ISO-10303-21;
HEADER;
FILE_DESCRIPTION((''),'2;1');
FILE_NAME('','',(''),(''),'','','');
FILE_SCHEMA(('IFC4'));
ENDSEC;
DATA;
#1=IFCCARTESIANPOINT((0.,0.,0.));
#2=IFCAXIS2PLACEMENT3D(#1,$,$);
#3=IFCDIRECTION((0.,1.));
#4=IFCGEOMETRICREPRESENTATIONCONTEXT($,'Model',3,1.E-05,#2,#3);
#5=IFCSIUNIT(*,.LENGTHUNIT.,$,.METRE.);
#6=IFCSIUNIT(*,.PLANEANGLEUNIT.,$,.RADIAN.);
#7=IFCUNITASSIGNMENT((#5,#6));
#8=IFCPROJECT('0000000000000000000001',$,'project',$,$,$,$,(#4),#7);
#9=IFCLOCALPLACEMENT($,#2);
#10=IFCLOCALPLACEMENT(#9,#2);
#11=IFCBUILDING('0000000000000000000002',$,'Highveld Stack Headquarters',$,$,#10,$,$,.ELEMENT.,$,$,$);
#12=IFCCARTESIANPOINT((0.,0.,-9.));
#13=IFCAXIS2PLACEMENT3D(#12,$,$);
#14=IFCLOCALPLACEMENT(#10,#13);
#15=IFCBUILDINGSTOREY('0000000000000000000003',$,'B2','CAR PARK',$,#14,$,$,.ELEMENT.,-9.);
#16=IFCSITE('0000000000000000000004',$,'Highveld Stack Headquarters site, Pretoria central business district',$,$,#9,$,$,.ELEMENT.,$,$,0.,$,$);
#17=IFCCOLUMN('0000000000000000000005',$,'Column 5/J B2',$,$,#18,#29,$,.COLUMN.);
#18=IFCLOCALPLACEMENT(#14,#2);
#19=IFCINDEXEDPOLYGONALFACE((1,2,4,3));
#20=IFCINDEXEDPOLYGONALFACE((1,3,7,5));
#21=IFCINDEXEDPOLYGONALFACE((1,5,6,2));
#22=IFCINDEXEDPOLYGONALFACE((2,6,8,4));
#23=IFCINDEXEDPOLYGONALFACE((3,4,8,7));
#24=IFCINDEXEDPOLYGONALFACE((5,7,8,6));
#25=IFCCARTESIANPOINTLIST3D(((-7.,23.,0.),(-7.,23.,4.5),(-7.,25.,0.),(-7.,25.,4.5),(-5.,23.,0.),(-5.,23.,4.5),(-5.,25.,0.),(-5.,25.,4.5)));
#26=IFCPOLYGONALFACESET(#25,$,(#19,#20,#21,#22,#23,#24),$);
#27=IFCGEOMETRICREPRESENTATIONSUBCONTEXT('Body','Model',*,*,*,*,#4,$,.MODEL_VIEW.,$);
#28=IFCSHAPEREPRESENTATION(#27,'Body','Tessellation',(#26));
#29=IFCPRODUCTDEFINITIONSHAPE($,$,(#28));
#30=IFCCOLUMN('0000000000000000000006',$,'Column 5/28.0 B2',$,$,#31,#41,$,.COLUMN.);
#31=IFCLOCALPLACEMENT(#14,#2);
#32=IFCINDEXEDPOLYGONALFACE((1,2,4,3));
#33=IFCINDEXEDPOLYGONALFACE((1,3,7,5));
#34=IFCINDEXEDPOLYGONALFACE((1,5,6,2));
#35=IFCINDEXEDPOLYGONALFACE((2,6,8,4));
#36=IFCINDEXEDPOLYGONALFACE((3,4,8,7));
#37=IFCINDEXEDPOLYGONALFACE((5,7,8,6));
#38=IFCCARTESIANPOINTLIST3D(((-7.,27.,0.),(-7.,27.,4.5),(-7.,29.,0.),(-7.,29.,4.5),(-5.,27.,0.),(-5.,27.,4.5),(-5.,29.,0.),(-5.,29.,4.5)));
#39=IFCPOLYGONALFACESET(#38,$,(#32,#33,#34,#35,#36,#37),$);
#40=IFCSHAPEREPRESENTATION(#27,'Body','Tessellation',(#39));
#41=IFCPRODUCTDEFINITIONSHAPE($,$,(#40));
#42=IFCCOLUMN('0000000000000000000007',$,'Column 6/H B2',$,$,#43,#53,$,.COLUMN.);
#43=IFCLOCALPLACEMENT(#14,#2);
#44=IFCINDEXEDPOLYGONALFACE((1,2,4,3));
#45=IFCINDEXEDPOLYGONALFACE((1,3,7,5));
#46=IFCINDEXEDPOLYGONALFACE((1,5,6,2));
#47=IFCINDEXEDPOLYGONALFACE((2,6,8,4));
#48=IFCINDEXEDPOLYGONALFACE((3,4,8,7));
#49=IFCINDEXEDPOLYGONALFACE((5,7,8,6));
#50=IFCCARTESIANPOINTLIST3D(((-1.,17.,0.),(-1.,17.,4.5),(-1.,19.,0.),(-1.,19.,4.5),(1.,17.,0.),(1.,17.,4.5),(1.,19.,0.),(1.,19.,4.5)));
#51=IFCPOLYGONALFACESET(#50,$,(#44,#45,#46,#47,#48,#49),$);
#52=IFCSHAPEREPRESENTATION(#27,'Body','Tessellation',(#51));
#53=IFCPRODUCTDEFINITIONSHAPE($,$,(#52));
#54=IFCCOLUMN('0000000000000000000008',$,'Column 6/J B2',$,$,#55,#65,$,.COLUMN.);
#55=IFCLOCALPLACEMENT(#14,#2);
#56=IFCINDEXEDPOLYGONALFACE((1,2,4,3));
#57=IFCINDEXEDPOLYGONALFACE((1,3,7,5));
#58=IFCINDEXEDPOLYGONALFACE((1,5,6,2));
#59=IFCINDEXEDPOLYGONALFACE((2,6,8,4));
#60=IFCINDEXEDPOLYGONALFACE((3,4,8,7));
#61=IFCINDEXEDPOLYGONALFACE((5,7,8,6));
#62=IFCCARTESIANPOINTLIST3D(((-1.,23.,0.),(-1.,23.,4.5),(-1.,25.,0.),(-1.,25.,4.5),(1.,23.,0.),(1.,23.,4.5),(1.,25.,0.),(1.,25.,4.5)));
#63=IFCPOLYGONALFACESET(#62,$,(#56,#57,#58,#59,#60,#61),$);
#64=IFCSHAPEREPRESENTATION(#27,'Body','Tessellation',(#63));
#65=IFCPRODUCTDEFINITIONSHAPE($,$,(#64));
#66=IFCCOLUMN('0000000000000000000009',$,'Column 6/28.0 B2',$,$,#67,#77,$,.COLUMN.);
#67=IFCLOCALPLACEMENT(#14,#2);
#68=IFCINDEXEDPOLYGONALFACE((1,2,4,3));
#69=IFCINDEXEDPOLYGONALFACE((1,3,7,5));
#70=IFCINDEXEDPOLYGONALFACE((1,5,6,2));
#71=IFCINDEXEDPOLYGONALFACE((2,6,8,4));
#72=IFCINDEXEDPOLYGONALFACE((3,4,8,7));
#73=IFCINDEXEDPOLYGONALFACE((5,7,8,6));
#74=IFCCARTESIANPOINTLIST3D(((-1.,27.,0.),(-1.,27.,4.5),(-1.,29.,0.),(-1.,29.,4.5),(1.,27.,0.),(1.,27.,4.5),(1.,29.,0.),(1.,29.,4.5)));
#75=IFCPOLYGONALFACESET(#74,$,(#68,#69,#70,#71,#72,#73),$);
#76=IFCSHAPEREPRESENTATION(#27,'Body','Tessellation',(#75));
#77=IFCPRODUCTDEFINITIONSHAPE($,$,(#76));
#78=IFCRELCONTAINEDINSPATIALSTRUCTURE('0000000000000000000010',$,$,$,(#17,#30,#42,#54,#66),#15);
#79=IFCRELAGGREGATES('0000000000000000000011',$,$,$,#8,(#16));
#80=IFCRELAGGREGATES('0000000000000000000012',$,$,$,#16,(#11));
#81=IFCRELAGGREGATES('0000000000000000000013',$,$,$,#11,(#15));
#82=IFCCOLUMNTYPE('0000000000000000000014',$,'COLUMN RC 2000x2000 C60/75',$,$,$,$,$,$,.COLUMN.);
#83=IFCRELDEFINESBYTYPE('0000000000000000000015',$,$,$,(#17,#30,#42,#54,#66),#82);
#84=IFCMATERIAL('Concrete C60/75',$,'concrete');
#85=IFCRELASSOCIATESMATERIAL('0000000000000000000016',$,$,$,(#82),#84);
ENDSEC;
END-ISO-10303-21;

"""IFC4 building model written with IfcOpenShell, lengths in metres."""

from ifc_helpers import new_model, si_unit, direction, frame, origin, origin_2d, place, context, subcontext, project, spatial, rectangle, extrude, material, material_profile, profile_set, type_object, element, save


model = new_model("IFC4")

# Units and contexts
model_context = context("Model", 3, precision=1e-05, world=origin(), true_north=direction((0.0, 1.0)))
body_context = subcontext(model_context, "Body", "Model", "MODEL_VIEW")
ifc_project = project(units=[si_unit("LENGTHUNIT", "METRE"), si_unit("PLANEANGLEUNIT", "RADIAN")], contexts=[model_context])

# Site, building, storey
site_placement = place(None, origin())
site = spatial("IfcSite", under=ifc_project, at=site_placement, Name="Highveld Stack Headquarters site, Pretoria central business district", CompositionType="ELEMENT", RefElevation=0.0)
building_placement = place(site_placement, origin())
building = spatial("IfcBuilding", under=site, at=building_placement, Name="Highveld Stack Headquarters", CompositionType="ELEMENT")
storey_placement = place(building_placement, frame((0.0, 0.0, -9.0)))
storey = spatial("IfcBuildingStorey", under=building, at=storey_placement, Name="B2", Description="CAR PARK", CompositionType="ELEMENT", Elevation=-9.0)

# Columns
ifc_material_1 = material(Name="Concrete C60/75", Category="concrete")
ifc_material_profile = material_profile(ifc_material_1, rectangle(XDim=2.0, YDim=2.0, at=origin_2d()), Name="RC 2000x2000")
ifc_profile_set = profile_set([ifc_material_profile], Name="Concrete C60/75")
column_type = type_object("IfcColumnType", Name="COLUMN RC 2000x2000 C60/75", PredefinedType="COLUMN", material=ifc_profile_set)
for number, where, z_axis, x_axis, name in (
    (1, (-6.0, 24.0, 0.0), (0.0, 0.0, 1.0), (1.0, 0.0, 0.0), "Column 5/J B2"),
    (2, (-6.0, 28.0, 0.0), (0.0, 0.0, 1.0), (1.0, 0.0, 0.0), "Column 5/28.0 B2"),
    (3, (0.0, 18.0, 0.0), (0.0, 0.0, 1.0), (1.0, 0.0, 0.0), "Column 6/H B2"),
    (4, (0.0, 24.0, 0.0), (0.0, 0.0, 1.0), (1.0, 0.0, 0.0), "Column 6/J B2"),
    (5, (0.0, 28.0, 0.0), (0.0, 0.0, 1.0), (1.0, 0.0, 0.0), "Column 6/28.0 B2"),
):
    element("IfcColumn", number, at=place(storey_placement, frame(where, z_axis=z_axis, x_axis=x_axis)), inside=storey, type_object=column_type, Name=name, PredefinedType="COLUMN", context=body_context, shape_type="SweptSolid", body=[
        extrude(rectangle(XDim=2.0, YDim=2.0, at=origin_2d()), origin(), (0.0, 0.0, 1.0), 4.5),
    ])

save(model, "model.ifc")
